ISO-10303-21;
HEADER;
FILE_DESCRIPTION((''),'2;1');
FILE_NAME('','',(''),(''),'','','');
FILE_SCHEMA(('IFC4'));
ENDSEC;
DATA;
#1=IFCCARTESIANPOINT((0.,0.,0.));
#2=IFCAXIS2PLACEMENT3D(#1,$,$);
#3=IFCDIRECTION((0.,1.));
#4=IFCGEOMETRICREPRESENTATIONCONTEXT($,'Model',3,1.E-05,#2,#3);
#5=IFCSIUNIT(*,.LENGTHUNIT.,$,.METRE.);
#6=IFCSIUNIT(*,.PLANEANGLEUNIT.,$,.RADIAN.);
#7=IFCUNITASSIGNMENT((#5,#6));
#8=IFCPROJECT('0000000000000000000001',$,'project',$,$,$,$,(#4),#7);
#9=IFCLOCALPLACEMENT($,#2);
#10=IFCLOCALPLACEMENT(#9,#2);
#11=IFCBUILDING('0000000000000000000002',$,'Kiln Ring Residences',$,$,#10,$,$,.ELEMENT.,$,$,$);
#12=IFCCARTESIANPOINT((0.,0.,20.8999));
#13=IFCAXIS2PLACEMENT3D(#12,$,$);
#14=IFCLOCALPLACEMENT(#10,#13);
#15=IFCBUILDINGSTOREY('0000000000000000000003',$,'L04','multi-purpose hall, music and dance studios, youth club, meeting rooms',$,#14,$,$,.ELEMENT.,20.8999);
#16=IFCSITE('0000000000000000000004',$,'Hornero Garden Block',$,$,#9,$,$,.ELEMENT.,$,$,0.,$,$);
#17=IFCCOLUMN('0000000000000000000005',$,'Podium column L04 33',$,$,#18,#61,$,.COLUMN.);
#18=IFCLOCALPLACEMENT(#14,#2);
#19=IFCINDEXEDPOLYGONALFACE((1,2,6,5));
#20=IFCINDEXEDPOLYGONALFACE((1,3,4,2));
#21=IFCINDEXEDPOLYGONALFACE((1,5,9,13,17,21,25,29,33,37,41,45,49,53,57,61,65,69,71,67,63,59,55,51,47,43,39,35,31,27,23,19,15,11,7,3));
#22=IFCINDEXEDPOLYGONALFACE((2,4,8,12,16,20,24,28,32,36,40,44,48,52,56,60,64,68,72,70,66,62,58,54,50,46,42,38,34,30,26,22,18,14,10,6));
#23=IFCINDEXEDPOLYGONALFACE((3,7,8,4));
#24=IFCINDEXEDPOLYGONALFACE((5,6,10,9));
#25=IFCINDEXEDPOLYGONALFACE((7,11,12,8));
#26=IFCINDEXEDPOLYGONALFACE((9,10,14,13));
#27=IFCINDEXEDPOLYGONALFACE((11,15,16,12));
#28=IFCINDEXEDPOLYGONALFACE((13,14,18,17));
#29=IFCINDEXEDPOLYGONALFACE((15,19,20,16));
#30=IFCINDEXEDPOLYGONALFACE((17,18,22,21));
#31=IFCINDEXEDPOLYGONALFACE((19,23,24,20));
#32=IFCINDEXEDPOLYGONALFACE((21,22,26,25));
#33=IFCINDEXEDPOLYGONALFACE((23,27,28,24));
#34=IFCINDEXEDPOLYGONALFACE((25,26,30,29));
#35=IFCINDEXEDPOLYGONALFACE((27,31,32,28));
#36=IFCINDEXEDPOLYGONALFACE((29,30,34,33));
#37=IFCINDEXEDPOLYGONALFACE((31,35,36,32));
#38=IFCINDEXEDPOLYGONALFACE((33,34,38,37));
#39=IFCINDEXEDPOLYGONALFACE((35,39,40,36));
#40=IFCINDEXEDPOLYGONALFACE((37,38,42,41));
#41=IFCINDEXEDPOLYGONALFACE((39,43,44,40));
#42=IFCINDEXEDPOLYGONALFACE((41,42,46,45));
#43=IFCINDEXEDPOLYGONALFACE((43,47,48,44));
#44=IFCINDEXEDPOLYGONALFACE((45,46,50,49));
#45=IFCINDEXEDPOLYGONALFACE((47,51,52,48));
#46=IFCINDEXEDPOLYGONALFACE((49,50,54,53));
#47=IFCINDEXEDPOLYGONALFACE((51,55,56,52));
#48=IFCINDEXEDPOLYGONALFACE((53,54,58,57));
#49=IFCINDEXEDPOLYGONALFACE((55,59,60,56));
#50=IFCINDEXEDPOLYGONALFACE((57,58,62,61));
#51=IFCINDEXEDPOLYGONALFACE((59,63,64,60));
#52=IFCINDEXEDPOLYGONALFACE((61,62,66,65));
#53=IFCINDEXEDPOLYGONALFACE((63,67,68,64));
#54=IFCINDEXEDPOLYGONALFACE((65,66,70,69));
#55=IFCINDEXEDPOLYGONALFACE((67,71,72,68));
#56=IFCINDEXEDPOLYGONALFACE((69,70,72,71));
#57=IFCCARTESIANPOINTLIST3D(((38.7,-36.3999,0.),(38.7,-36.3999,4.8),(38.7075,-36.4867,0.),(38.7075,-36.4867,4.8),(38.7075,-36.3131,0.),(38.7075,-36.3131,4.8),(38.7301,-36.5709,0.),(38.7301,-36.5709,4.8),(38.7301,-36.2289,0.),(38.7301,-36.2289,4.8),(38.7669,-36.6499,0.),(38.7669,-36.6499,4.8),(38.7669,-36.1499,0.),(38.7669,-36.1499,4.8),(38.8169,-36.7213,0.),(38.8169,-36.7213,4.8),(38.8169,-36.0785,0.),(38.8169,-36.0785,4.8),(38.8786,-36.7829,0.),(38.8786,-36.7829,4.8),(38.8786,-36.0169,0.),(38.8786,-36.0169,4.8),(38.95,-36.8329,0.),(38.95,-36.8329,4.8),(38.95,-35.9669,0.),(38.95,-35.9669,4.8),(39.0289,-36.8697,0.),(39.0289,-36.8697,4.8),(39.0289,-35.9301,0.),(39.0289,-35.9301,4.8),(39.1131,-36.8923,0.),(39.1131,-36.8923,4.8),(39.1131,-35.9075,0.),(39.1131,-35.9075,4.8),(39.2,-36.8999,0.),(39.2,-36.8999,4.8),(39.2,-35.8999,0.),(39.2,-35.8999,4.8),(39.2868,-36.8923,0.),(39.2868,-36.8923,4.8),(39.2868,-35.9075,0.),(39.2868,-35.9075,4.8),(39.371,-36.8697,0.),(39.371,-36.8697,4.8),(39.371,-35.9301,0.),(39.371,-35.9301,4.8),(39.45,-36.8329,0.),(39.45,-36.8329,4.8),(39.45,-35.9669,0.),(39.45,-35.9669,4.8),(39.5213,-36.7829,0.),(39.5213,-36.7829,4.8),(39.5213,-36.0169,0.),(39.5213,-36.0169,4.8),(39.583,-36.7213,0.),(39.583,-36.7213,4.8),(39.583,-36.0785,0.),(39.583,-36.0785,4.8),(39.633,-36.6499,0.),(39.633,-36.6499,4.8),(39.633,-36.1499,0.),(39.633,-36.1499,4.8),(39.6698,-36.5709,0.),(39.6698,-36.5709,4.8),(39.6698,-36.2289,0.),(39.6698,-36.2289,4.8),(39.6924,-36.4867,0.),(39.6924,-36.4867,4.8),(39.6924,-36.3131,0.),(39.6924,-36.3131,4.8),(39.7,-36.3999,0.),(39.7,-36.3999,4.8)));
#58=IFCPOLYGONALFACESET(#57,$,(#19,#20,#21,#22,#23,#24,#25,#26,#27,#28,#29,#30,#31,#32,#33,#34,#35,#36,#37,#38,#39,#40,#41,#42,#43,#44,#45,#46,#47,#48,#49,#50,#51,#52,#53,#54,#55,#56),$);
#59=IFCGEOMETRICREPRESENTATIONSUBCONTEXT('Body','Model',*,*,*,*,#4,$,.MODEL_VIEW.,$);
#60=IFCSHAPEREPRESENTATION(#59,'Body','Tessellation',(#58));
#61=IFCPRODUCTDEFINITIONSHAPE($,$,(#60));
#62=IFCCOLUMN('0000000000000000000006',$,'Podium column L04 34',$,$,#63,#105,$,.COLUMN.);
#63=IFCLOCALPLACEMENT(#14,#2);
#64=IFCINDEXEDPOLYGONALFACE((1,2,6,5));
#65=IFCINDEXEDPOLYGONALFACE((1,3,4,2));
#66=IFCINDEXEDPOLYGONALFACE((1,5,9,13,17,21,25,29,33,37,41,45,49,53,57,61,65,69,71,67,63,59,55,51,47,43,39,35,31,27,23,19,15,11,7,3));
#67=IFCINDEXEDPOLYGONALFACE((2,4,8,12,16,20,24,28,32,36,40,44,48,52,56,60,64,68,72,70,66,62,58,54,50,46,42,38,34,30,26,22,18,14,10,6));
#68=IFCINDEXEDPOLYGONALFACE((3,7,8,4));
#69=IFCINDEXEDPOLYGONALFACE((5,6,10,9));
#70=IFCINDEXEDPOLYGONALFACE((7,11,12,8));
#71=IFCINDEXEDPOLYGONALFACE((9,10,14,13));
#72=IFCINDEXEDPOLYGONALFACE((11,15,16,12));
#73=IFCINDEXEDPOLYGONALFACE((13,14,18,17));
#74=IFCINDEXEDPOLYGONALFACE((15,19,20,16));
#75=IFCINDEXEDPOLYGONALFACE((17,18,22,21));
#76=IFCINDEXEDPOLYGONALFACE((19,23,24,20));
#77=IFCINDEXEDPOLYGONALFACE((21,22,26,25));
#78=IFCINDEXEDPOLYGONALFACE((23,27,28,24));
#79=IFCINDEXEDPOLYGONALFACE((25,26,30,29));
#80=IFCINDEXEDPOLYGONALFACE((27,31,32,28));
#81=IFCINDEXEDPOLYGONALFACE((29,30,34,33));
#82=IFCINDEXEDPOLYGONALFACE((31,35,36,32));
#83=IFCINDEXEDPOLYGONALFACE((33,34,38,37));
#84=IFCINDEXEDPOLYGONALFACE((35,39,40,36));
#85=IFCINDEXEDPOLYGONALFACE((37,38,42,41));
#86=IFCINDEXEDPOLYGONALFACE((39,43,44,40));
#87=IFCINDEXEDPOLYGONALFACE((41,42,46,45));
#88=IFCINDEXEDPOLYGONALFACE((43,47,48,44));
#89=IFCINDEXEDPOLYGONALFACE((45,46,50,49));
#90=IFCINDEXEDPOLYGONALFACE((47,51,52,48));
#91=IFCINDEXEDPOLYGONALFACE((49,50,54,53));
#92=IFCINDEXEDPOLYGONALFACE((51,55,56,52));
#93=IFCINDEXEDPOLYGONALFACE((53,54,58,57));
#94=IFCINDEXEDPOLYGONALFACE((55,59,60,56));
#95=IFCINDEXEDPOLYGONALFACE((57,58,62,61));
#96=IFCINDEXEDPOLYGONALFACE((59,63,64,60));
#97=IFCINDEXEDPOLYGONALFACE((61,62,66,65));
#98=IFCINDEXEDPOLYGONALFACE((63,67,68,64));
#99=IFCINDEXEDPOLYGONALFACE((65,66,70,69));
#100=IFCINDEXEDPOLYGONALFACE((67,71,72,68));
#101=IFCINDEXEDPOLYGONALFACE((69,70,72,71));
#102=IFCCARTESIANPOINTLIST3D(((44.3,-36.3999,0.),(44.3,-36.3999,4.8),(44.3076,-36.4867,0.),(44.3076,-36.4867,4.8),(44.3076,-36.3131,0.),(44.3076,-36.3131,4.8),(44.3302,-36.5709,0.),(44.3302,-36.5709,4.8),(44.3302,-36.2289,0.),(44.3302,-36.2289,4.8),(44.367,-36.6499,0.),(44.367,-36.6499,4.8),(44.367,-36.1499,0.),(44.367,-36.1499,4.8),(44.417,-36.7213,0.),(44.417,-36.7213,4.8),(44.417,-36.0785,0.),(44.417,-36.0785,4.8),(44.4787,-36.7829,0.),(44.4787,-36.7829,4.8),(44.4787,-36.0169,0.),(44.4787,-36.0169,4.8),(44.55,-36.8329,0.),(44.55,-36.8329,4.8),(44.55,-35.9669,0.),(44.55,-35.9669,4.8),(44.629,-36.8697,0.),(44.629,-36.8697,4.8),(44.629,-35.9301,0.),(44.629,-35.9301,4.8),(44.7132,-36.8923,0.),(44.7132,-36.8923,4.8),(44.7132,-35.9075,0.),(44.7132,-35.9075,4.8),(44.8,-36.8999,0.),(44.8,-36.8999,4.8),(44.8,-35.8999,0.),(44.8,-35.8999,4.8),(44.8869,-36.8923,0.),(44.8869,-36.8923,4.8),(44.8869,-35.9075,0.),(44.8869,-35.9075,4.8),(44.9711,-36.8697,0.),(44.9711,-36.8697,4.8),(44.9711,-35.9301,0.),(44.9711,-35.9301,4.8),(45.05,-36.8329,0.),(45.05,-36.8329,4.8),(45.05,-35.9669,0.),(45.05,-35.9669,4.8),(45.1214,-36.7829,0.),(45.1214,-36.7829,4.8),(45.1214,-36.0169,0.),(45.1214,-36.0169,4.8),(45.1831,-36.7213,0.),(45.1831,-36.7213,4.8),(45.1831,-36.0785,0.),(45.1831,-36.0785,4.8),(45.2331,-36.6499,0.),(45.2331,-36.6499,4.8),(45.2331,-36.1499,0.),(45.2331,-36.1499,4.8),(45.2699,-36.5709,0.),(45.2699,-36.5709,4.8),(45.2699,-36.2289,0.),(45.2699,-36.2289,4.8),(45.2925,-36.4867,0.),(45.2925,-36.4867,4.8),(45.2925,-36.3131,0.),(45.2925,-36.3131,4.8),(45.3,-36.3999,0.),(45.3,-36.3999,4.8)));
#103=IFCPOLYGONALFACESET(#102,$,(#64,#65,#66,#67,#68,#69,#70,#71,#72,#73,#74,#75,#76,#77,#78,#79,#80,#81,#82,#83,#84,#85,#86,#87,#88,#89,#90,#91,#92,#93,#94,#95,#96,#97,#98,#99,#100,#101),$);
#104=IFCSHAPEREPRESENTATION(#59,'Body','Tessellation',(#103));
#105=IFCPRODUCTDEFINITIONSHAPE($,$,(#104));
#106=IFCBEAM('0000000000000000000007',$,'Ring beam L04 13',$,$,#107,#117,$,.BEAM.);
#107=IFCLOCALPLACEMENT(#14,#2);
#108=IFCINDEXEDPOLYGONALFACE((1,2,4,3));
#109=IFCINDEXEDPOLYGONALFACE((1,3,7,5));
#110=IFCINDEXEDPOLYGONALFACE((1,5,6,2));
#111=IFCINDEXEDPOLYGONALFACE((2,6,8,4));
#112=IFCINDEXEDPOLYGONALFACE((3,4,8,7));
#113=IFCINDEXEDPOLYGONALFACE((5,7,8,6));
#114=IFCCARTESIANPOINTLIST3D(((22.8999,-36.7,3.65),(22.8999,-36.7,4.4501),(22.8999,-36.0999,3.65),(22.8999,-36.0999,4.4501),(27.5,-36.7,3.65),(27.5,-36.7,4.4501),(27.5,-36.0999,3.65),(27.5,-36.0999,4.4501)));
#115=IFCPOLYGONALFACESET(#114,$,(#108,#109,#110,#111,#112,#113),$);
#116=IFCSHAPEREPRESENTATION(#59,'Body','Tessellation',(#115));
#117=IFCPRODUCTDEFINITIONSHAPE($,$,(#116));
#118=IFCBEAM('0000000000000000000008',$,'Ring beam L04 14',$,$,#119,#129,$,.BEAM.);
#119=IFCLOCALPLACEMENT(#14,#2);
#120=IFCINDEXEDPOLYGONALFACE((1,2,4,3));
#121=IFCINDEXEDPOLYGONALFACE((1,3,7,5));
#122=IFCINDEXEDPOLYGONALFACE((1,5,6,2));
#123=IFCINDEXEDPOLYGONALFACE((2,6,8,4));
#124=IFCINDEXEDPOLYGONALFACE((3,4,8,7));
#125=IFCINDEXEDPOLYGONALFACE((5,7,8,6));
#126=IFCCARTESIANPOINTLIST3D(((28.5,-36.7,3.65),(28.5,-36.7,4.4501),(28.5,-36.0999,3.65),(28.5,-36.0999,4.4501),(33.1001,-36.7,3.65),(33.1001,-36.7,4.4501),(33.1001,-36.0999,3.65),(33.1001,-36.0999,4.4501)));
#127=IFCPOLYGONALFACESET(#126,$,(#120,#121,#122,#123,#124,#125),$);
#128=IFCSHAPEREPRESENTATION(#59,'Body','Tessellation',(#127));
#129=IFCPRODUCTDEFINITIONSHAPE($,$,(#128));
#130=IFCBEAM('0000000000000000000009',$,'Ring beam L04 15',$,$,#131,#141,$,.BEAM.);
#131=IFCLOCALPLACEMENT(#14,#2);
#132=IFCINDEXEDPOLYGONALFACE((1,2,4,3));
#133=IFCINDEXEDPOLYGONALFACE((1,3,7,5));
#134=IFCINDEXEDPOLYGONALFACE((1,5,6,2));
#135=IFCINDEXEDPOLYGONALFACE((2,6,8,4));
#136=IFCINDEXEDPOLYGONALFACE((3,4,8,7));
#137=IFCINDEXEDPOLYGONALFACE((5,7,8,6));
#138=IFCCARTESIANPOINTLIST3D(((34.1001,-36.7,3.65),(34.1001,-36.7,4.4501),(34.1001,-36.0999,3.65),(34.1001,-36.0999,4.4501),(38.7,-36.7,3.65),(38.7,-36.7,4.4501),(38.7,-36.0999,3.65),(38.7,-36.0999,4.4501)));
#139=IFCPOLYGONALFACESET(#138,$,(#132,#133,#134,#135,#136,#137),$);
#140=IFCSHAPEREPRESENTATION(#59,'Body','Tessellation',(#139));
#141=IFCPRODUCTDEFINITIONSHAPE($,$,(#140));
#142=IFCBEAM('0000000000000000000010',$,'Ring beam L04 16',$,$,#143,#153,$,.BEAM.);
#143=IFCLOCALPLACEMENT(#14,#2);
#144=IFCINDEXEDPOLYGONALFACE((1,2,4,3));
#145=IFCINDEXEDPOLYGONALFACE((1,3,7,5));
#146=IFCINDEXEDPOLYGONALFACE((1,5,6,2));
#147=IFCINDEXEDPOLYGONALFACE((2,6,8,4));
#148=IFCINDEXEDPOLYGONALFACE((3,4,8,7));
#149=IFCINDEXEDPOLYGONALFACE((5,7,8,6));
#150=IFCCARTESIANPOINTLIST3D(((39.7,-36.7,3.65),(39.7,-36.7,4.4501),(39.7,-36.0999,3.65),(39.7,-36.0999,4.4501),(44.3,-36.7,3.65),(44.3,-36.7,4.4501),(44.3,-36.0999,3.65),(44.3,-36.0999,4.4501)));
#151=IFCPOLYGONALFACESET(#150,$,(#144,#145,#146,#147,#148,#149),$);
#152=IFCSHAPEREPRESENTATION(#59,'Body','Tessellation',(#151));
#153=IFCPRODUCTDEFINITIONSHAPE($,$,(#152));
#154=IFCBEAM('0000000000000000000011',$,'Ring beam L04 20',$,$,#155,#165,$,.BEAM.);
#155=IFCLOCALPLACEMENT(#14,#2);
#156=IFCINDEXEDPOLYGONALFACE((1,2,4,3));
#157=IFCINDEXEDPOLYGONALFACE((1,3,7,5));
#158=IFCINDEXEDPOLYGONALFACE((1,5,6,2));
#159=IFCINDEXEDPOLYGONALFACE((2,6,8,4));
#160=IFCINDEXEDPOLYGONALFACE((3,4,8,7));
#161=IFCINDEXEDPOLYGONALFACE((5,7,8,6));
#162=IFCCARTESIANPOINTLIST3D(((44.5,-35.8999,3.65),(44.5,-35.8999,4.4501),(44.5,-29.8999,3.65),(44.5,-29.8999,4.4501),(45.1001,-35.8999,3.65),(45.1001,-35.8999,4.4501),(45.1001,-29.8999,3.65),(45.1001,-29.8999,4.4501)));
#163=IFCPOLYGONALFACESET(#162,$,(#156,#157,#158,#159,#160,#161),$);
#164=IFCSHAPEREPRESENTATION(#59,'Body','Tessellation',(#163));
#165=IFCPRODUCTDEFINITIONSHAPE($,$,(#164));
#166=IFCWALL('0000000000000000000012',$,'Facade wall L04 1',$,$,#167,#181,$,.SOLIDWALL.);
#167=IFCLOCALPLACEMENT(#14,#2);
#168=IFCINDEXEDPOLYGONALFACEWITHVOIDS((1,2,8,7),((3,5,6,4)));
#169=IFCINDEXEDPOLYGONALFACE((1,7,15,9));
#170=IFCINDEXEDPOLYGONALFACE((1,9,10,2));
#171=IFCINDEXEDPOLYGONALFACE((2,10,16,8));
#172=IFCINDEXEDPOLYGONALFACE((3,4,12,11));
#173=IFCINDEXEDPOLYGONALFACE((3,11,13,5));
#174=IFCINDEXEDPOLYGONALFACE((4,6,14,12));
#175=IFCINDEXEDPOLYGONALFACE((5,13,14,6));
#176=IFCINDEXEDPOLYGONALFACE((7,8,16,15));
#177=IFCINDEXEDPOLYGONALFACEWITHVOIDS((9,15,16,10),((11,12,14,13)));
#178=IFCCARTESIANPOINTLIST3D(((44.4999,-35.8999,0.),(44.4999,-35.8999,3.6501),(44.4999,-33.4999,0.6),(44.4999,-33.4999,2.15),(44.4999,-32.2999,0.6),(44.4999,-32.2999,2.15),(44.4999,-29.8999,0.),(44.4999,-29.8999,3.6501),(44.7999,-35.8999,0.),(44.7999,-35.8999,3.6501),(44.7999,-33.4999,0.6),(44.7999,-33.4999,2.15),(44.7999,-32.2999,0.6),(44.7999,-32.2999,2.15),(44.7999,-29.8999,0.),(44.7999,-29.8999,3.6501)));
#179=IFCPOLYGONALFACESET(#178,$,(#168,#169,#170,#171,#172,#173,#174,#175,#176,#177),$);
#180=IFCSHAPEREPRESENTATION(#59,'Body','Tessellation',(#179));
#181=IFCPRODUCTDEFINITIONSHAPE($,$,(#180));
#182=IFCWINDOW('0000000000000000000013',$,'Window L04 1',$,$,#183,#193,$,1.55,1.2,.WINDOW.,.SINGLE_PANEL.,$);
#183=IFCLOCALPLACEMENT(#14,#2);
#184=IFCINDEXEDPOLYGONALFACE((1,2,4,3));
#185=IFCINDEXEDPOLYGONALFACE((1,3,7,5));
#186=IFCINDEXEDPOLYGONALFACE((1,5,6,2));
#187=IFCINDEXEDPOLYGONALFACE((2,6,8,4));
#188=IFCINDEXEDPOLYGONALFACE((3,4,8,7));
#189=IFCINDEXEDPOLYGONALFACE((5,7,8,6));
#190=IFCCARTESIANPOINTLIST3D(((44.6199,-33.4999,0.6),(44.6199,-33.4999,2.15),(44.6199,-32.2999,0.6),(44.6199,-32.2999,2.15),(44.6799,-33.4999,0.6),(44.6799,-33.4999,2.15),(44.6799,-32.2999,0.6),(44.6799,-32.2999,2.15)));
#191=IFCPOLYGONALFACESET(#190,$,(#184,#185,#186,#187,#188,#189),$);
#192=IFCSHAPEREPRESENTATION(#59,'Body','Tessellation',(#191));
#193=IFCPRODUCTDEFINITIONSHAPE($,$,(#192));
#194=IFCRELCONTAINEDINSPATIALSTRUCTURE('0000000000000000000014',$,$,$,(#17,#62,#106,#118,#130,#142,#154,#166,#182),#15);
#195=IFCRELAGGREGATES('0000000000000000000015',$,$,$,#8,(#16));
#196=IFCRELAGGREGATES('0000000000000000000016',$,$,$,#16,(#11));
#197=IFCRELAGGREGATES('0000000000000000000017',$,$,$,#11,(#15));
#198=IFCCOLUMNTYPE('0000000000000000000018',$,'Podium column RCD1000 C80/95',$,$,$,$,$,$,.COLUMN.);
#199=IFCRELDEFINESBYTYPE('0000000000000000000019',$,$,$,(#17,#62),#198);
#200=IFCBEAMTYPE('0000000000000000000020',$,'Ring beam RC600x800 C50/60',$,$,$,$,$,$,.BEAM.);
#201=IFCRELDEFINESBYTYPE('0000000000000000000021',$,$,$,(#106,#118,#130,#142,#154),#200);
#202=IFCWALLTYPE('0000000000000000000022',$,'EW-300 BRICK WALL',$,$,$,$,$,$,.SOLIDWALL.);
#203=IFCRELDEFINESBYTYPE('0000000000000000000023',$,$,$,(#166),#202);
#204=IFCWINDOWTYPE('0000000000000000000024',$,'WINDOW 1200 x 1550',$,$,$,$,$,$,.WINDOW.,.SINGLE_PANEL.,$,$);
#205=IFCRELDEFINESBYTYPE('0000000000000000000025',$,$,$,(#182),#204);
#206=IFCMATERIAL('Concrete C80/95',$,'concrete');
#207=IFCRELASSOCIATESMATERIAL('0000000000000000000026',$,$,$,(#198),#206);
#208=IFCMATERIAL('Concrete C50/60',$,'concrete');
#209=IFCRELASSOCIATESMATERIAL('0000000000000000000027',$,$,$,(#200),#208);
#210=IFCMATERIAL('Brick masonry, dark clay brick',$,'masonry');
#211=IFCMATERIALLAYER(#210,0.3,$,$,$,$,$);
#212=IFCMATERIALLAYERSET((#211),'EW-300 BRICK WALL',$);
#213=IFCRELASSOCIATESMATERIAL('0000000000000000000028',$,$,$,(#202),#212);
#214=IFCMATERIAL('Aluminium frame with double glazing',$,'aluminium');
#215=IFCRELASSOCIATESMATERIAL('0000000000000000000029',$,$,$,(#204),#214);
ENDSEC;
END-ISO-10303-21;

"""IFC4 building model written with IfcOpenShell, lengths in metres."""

from ifc_helpers import new_model, si_unit, direction, frame, frame_2d, origin, origin_2d, place, context, subcontext, project, spatial, rectangle, circle, extrude, material, layer, layer_set, material_profile, profile_set, type_object, element, fill, save


model = new_model("IFC4")

# Units and contexts
model_context = context("Model", 3, precision=1e-05, world=origin(), true_north=direction((0.0, 1.0)))
body_context = subcontext(model_context, "Body", "Model", "MODEL_VIEW")
ifc_project = project(units=[si_unit("LENGTHUNIT", "METRE"), si_unit("PLANEANGLEUNIT", "RADIAN")], contexts=[model_context])

# Site, building, storey
site_placement = place(None, origin())
site = spatial("IfcSite", under=ifc_project, at=site_placement, Name="Hornero Garden Block", CompositionType="ELEMENT", RefElevation=0.0)
building_placement = place(site_placement, origin())
building = spatial("IfcBuilding", under=site, at=building_placement, Name="Kiln Ring Residences", CompositionType="ELEMENT")
storey_placement = place(building_placement, frame((0.0, 0.0, 20.8999)))
storey = spatial("IfcBuildingStorey", under=building, at=storey_placement, Name="L04", Description="multi-purpose hall, music and dance studios, youth club, meeting rooms", CompositionType="ELEMENT", Elevation=20.8999)

# Columns
ifc_material_1 = material(Name="Concrete C80/95", Category="concrete")
ifc_material_profile_1 = material_profile(ifc_material_1, circle(Radius=0.5, at=origin_2d()), Name="RCD1000")
ifc_profile_set_1 = profile_set([ifc_material_profile_1], Name="Concrete C80/95")
column_type = type_object("IfcColumnType", Name="Podium column RCD1000 C80/95", PredefinedType="COLUMN", material=ifc_profile_set_1)
for number, where, z_axis, x_axis, name in (
    (1, (39.2, -36.3999, 0.0), (0.0, 0.0, 1.0), (1.0, 0.0, 0.0), "Podium column L04 33"),
    (2, (44.8, -36.3999, 0.0), (0.0, 0.0, 1.0), (1.0, 0.0, 0.0), "Podium column L04 34"),
):
    element("IfcColumn", number, at=place(storey_placement, frame(where, z_axis=z_axis, x_axis=x_axis)), inside=storey, type_object=column_type, Name=name, PredefinedType="COLUMN", context=body_context, shape_type="SweptSolid", body=[
        extrude(circle(Radius=0.5, at=origin_2d()), origin(), (0.0, 0.0, 1.0), 4.8),
    ])

# Beams
ifc_material_2 = material(Name="Concrete C50/60", Category="concrete")
ifc_material_profile_2 = material_profile(ifc_material_2, rectangle(XDim=0.6001, YDim=0.8, at=origin_2d()), Name="RC600x800")
ifc_profile_set_2 = profile_set([ifc_material_profile_2], Name="Concrete C50/60")
beam_type = type_object("IfcBeamType", Name="Ring beam RC600x800 C50/60", PredefinedType="BEAM", material=ifc_profile_set_2)
for number, where, z_axis, x_axis, name in (
    (3, (22.8999, -36.3999, 4.05), (1.0, 0.0, 0.0), (0.0, 1.0, 0.0), "Ring beam L04 13"),
    (4, (28.5, -36.3999, 4.05), (1.0, 0.0, 0.0), (0.0, 1.0, 0.0), "Ring beam L04 14"),
):
    element("IfcBeam", number, at=place(storey_placement, frame(where, z_axis=z_axis, x_axis=x_axis)), inside=storey, type_object=beam_type, Name=name, PredefinedType="BEAM", context=body_context, shape_type="SweptSolid", body=[
        extrude(rectangle(XDim=0.6001, YDim=0.8, at=origin_2d()), origin(), (0.0, 0.0, 1.0), 4.6001),
    ])
beam_1_placement = place(storey_placement, frame((34.1001, -36.3999, 4.05), z_axis=(1.0, 0.0, 0.0), x_axis=(0.0, 1.0, 0.0)))
element("IfcBeam", 5, at=beam_1_placement, inside=storey, type_object=beam_type, Name="Ring beam L04 15", PredefinedType="BEAM", context=body_context, shape_type="SweptSolid", body=[
    extrude(rectangle(XDim=0.6001, YDim=0.8, at=origin_2d()), origin(), (0.0, 0.0, 1.0), 4.5999),
])
beam_2_placement = place(storey_placement, frame((39.7, -36.3999, 4.05), z_axis=(1.0, 0.0, 0.0), x_axis=(0.0, 1.0, 0.0)))
element("IfcBeam", 6, at=beam_2_placement, inside=storey, type_object=beam_type, Name="Ring beam L04 16", PredefinedType="BEAM", context=body_context, shape_type="SweptSolid", body=[
    extrude(rectangle(XDim=0.6001, YDim=0.8, at=origin_2d()), origin(), (0.0, 0.0, 1.0), 4.6001),
])
beam_3_placement = place(storey_placement, frame((44.8, -29.8999, 4.05), z_axis=(0.0, -1.0, 0.0), x_axis=(1.0, 0.0, 0.0)))
element("IfcBeam", 7, at=beam_3_placement, inside=storey, type_object=beam_type, Name="Ring beam L04 20", PredefinedType="BEAM", context=body_context, shape_type="SweptSolid", body=[
    extrude(rectangle(XDim=0.6001, YDim=0.8, at=origin_2d()), origin(), (0.0, 0.0, 1.0), 6.0),
])

# Wall, opening, window
ifc_material_3 = material(Name="Brick masonry, dark clay brick", Category="masonry")
ifc_layer_1 = layer(ifc_material_3, 0.3)
ifc_layer_set_1 = layer_set([ifc_layer_1], Name="EW-300 BRICK WALL")
wall_type_1 = type_object("IfcWallType", Name="EW-300 BRICK WALL", PredefinedType="SOLIDWALL", material=ifc_layer_set_1)
wall_1_placement = place(storey_placement, frame((44.6499, -35.8999, 0.0), z_axis=(0.0, 0.0, 1.0), x_axis=(0.0, 1.0, 0.0)))
wall_1 = element("IfcWall", 8, at=wall_1_placement, inside=storey, type_object=wall_type_1, Name="Facade wall L04 1", PredefinedType="SOLIDWALL", context=body_context, shape_type="SweptSolid", body=[
    extrude(rectangle(XDim=6.0, YDim=0.3, at=frame_2d((3.0, 0.0))), origin(), (0.0, 0.0, 1.0), 3.6501),
])
opening_1_placement = place(wall_1_placement, frame((2.3999, 0.0, 0.6001)))
opening_1 = element("IfcOpeningElement", 9, at=opening_1_placement, cuts=wall_1, PredefinedType="OPENING", context=body_context, shape_type="SweptSolid", body=[
    extrude(rectangle(XDim=1.2, YDim=1.55, at=frame_2d((0.6001, 0.7749))), frame((0.0, 0.1599, 0.0), z_axis=(0.0, -1.0, 0.0), x_axis=(1.0, 0.0, 0.0)), (0.0, 0.0, 1.0), 0.3201),
])
ifc_material_4 = material(Name="Aluminium frame with double glazing", Category="aluminium")
window_type_1 = type_object("IfcWindowType", Name="WINDOW 1200 x 1550", PartitioningType="SINGLE_PANEL", PredefinedType="WINDOW", material=ifc_material_4)
window_1_placement = place(opening_1_placement, origin())
window_1 = element("IfcWindow", 10, at=window_1_placement, inside=storey, type_object=window_type_1, Name="Window L04 1", OverallHeight=1.55, OverallWidth=1.2, PartitioningType="SINGLE_PANEL", PredefinedType="WINDOW", context=body_context, shape_type="SweptSolid", body=[
    extrude(rectangle(XDim=1.2, YDim=1.55, at=frame_2d((0.6001, 0.7749))), frame((0.0, 0.03, 0.0), z_axis=(0.0, -1.0, 0.0), x_axis=(1.0, 0.0, 0.0)), (0.0, 0.0, 1.0), 0.0601),
])
fill(opening_1, window_1)

save(model, "model.ifc")
